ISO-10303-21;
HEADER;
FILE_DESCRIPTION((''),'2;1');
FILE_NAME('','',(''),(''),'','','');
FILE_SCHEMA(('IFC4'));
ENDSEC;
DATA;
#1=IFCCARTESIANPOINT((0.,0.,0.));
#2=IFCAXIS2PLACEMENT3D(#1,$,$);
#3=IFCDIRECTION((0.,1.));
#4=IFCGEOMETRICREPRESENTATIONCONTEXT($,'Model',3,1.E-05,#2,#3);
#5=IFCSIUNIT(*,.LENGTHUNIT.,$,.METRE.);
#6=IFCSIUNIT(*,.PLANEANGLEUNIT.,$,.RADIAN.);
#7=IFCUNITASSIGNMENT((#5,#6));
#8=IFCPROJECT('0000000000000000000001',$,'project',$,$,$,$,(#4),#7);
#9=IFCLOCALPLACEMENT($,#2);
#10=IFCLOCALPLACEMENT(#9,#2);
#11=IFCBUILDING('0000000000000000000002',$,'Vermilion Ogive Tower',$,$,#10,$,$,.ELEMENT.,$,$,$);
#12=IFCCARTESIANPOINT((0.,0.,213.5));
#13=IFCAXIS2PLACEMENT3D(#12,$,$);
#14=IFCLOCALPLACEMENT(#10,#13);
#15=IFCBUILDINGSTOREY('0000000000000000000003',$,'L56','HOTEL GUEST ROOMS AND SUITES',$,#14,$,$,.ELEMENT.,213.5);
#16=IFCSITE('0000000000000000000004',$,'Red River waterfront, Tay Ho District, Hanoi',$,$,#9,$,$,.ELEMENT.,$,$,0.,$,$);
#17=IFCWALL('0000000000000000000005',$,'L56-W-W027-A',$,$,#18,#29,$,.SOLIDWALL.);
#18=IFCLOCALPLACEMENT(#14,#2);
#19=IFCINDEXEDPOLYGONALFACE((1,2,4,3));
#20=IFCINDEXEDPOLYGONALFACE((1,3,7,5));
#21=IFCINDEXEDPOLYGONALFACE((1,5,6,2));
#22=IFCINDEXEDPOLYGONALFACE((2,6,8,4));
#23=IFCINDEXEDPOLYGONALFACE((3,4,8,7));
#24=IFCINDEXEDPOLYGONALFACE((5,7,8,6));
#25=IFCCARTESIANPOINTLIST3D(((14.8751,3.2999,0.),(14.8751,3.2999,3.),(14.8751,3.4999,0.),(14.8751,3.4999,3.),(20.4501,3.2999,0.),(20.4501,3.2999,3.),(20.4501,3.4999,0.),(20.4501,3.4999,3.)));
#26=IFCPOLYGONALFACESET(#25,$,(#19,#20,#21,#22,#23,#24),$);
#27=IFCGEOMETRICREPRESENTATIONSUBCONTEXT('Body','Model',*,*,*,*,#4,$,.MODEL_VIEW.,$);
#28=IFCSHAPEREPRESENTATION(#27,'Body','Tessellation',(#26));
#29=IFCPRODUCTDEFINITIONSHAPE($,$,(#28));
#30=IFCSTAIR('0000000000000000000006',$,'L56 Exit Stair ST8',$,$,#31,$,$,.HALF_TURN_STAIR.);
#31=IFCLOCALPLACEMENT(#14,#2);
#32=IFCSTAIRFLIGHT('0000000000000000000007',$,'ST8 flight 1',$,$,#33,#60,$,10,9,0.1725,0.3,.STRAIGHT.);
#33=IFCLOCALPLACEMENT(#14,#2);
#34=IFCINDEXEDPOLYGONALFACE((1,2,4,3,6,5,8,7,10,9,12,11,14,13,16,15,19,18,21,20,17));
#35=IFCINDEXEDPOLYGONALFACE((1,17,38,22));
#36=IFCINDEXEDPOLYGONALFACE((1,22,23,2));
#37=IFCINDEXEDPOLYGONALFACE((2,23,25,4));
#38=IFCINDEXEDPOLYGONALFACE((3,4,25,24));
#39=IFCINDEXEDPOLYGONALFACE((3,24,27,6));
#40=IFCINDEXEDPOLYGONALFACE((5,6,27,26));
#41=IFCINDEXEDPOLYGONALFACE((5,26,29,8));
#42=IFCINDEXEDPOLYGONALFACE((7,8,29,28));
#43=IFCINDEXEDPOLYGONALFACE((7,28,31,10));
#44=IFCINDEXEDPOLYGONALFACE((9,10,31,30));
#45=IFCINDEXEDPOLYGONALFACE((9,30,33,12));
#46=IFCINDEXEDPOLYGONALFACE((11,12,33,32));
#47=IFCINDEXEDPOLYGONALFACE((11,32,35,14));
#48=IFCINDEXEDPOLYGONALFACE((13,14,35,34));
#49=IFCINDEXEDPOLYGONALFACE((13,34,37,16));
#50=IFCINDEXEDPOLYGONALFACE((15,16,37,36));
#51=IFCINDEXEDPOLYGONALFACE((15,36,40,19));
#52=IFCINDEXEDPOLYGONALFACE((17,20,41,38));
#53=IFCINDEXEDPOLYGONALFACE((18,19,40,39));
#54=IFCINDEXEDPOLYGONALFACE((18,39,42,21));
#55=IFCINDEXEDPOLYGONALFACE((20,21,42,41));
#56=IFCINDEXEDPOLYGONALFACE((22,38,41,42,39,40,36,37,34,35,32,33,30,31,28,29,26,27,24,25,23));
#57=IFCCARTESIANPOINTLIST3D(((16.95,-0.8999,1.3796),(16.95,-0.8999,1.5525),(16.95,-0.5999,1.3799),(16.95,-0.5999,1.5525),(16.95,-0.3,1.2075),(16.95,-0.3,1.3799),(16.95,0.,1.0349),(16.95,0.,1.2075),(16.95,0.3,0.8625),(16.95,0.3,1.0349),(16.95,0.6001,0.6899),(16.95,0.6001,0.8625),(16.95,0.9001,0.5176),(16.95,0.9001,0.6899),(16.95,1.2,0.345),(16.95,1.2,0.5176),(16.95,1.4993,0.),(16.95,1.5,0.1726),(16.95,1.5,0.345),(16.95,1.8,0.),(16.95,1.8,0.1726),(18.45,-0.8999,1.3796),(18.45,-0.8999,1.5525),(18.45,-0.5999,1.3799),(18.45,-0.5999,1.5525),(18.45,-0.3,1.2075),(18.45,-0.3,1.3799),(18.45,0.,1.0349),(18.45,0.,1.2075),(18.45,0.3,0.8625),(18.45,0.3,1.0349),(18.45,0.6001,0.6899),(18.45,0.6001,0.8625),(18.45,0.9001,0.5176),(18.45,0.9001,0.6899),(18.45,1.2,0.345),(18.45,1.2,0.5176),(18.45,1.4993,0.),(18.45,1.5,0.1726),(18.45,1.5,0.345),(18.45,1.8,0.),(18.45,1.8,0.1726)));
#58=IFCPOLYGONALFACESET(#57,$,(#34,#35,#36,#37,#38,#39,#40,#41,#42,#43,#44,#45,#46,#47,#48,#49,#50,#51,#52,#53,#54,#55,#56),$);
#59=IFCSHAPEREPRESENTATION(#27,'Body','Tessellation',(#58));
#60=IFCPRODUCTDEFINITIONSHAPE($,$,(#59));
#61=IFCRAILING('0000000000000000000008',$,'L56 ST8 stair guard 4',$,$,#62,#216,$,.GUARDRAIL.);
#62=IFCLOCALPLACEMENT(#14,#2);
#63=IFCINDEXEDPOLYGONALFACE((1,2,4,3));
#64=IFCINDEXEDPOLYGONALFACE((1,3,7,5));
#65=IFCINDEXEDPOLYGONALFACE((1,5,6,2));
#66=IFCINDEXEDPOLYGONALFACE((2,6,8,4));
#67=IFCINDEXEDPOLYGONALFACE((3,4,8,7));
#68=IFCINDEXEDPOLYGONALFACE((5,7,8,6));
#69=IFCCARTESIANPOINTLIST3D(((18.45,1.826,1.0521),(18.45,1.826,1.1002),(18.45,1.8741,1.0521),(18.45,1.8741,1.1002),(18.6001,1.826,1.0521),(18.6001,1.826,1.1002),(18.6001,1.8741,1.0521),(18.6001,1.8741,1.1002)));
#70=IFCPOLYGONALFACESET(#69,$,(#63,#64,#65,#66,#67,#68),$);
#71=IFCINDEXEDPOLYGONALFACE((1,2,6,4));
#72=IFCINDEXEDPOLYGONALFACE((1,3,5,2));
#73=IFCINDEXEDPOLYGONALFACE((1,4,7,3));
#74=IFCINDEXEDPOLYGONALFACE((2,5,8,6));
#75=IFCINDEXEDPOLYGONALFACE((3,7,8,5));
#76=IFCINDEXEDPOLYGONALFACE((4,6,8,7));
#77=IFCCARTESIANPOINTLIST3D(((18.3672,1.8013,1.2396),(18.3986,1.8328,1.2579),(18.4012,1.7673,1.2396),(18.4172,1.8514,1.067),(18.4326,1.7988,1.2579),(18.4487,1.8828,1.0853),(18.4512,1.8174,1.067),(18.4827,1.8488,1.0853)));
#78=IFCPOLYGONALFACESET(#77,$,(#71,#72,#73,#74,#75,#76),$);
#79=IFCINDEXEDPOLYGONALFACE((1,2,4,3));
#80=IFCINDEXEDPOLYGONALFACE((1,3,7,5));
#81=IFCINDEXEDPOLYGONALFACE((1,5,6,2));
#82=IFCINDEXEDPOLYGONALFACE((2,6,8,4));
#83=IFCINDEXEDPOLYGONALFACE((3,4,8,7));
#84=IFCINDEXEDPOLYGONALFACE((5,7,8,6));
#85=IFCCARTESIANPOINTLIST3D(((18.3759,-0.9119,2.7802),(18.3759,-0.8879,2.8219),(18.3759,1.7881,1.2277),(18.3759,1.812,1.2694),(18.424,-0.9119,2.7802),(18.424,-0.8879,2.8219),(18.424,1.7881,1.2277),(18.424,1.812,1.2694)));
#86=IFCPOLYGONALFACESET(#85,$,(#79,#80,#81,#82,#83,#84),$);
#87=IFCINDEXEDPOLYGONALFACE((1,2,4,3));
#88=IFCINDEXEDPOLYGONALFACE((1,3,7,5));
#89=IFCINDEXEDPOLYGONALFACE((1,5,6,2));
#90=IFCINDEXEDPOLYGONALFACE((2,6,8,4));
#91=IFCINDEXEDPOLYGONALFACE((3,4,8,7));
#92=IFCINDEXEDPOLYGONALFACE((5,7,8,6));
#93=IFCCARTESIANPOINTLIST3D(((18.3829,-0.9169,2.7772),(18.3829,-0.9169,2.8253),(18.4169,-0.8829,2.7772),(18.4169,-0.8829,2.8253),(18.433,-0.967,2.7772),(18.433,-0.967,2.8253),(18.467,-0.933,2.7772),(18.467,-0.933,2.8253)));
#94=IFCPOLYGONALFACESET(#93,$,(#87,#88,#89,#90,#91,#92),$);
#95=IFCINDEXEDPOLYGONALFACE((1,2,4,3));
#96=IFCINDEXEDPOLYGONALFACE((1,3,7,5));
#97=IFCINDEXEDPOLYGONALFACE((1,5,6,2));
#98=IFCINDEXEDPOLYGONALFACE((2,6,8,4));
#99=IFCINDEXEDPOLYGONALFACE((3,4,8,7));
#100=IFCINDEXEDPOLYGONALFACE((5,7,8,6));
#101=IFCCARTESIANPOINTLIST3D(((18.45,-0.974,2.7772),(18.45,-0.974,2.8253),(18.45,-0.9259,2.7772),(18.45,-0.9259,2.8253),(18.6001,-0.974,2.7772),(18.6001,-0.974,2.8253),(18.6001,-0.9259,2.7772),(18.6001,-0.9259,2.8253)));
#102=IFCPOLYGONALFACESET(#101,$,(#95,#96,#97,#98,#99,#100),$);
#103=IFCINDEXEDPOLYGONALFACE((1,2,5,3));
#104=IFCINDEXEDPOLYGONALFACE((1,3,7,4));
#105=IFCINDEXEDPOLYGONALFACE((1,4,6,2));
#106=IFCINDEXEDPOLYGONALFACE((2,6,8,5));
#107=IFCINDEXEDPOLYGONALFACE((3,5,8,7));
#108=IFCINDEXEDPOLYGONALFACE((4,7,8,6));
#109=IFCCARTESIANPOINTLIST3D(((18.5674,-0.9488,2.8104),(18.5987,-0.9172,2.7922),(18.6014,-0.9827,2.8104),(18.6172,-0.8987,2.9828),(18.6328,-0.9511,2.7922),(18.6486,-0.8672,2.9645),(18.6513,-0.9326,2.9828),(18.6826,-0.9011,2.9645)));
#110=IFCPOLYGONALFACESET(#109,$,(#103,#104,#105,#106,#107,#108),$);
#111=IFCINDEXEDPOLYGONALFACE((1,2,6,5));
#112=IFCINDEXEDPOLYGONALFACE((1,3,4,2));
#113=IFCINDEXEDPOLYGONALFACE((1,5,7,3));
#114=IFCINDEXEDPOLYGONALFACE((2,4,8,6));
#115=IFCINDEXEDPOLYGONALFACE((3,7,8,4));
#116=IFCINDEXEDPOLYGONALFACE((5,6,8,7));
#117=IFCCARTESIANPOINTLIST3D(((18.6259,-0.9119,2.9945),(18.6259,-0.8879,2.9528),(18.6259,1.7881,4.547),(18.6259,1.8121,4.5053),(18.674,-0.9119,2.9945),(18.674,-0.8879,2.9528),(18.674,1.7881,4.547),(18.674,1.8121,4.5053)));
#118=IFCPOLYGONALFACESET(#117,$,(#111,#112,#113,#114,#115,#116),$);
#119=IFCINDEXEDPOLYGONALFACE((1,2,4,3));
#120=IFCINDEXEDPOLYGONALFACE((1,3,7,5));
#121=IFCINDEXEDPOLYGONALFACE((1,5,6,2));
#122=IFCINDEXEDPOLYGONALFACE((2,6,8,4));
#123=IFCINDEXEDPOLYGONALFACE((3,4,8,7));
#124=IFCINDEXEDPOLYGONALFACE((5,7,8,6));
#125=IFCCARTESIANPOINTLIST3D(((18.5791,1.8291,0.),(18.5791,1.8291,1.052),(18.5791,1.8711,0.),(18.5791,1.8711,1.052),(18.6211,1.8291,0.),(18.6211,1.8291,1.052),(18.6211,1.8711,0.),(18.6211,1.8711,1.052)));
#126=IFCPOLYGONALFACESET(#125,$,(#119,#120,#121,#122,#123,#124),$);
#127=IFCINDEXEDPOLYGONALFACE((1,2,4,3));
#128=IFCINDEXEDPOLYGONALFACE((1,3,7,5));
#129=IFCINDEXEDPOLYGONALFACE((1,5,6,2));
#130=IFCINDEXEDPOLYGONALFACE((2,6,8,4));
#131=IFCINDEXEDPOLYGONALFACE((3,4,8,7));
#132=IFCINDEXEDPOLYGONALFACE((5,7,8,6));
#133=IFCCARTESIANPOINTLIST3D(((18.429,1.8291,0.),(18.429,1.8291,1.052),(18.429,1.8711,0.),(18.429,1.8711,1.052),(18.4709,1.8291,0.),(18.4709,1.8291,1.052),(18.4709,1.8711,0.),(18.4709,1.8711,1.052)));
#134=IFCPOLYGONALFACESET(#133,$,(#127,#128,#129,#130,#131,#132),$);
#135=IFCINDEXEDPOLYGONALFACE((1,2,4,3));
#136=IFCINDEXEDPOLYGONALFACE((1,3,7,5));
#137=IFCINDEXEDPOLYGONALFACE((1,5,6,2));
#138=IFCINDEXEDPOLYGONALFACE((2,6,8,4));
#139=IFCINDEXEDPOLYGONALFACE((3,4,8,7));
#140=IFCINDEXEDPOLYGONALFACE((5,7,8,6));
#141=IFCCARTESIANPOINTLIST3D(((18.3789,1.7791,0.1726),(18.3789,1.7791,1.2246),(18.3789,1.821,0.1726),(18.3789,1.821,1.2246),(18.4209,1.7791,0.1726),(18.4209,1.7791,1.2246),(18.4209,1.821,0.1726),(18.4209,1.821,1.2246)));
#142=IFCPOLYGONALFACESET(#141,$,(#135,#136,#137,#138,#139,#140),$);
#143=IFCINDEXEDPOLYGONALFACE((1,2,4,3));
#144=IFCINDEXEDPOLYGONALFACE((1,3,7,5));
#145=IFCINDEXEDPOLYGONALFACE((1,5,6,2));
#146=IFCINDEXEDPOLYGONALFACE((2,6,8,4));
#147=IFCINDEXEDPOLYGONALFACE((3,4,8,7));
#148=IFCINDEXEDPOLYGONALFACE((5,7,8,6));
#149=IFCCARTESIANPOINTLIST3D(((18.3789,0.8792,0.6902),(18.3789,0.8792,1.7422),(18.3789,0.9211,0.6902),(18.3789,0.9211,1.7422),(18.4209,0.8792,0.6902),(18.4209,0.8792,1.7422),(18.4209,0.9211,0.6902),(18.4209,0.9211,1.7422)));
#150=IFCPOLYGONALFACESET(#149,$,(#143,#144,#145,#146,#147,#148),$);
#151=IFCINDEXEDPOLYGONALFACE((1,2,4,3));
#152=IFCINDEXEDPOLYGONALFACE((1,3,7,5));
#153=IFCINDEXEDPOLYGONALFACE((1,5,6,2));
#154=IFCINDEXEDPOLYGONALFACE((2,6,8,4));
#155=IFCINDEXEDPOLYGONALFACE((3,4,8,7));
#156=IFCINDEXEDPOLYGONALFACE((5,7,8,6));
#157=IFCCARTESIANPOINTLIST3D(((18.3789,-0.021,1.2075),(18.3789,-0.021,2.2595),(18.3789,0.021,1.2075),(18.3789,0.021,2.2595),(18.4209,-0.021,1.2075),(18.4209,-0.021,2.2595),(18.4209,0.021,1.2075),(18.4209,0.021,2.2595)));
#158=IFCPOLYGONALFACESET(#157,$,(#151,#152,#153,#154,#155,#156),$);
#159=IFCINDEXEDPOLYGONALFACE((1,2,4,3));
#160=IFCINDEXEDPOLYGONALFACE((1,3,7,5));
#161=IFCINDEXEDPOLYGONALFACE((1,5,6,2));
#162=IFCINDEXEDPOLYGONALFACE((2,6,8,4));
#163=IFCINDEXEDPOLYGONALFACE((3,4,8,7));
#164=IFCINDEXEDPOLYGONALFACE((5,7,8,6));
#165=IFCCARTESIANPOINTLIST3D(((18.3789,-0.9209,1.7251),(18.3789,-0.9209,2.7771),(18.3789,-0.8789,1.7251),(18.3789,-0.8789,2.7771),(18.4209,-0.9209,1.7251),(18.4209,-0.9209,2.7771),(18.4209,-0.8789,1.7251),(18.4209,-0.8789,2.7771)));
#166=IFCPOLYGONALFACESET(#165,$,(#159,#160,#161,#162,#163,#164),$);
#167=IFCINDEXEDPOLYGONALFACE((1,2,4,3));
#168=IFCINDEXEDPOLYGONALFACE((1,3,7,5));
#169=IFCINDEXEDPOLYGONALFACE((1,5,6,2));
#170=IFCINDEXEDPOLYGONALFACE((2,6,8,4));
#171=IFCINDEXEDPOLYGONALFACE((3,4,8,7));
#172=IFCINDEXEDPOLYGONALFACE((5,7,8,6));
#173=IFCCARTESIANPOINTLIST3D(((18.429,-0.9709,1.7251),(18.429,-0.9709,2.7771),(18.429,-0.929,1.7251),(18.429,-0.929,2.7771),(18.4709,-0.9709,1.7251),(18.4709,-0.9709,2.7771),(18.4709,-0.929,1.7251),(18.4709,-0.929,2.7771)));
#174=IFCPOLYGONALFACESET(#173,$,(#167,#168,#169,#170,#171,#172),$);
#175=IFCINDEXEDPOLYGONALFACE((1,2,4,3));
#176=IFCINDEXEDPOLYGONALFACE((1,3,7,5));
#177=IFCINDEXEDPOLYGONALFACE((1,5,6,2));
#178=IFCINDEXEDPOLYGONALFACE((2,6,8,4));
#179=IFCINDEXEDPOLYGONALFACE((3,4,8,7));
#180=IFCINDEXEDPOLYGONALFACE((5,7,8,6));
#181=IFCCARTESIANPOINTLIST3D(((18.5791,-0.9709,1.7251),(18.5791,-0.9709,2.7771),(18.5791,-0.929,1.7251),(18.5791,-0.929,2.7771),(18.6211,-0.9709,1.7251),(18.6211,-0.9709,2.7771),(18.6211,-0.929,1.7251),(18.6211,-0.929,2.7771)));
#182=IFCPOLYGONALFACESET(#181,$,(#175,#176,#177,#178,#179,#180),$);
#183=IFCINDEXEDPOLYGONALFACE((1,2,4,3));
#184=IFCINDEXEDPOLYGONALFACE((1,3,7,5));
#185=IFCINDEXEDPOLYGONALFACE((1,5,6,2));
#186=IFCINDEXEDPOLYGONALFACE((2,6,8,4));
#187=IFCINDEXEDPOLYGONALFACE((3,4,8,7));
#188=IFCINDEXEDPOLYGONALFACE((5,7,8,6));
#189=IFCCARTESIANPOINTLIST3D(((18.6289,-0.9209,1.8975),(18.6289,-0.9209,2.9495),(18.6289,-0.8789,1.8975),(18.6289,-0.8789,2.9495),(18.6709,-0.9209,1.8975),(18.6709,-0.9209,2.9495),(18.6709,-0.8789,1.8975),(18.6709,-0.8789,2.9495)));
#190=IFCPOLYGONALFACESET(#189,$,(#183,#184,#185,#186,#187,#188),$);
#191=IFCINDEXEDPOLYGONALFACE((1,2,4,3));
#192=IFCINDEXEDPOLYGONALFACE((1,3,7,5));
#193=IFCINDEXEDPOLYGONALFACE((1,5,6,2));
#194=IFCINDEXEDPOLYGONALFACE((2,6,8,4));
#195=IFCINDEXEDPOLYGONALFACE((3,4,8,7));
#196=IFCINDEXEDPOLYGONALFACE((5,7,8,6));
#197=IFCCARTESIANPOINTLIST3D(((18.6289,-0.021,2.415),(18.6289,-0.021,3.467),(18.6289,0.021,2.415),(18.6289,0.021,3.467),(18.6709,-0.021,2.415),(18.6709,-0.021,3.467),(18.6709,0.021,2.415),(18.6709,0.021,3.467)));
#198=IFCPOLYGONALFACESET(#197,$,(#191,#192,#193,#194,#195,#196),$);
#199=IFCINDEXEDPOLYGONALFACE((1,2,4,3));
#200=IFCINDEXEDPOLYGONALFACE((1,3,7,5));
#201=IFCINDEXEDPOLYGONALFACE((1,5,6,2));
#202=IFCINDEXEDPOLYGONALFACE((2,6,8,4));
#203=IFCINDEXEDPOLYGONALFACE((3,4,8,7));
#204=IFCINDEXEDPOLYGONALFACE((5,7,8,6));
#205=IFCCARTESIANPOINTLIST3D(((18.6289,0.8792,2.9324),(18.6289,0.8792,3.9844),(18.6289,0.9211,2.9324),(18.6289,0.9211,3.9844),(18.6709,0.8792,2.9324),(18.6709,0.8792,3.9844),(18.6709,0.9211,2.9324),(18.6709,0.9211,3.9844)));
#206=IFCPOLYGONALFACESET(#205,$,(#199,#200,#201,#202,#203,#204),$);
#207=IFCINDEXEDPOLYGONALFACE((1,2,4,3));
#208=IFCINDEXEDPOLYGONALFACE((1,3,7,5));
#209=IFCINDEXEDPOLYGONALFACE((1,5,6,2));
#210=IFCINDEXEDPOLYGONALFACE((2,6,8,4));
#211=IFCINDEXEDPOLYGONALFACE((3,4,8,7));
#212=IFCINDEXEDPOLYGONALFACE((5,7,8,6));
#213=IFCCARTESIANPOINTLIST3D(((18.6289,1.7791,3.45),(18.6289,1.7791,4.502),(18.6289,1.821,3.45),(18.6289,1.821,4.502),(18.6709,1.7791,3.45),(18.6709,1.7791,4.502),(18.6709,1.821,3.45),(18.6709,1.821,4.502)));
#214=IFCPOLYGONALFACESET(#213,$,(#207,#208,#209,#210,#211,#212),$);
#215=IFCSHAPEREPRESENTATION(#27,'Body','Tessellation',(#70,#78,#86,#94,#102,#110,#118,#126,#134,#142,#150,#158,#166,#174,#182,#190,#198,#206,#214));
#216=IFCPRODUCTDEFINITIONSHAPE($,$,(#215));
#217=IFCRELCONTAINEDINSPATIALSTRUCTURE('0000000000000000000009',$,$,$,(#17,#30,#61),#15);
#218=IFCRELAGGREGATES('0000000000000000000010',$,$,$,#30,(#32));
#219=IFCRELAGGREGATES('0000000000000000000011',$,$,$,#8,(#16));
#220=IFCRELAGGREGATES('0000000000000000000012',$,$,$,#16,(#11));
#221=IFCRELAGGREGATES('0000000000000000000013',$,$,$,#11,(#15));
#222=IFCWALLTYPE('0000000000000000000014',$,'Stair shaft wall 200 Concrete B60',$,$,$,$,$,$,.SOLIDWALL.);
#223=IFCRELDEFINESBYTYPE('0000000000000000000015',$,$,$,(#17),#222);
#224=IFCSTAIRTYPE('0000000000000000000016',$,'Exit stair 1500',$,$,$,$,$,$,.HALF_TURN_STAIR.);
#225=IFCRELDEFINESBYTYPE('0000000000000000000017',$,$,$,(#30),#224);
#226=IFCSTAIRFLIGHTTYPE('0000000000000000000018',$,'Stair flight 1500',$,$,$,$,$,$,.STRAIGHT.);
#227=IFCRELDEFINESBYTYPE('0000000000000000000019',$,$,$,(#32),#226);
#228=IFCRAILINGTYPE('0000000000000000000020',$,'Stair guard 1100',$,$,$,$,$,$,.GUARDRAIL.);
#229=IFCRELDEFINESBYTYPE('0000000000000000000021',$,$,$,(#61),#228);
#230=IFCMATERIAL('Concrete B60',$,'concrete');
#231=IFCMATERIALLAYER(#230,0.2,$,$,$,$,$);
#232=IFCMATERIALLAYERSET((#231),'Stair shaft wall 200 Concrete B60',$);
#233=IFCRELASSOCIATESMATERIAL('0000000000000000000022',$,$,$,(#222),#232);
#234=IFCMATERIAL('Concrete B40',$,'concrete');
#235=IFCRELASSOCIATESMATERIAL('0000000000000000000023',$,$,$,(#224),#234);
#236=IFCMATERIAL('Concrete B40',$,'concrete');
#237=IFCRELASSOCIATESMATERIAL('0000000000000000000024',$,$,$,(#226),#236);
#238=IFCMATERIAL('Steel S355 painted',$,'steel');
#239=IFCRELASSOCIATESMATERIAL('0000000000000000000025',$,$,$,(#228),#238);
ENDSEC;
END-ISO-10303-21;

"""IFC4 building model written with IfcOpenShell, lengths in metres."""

from ifc_helpers import new_model, si_unit, direction, frame, frame_2d, origin, origin_2d, place, context, subcontext, project, spatial, polyline, rectangle, outline, extrude, material, layer, layer_set, type_object, element, aggregate, save


model = new_model("IFC4")

# Units and contexts
model_context = context("Model", 3, precision=1e-05, world=origin(), true_north=direction((0.0, 1.0)))
body_context = subcontext(model_context, "Body", "Model", "MODEL_VIEW")
ifc_project = project(units=[si_unit("LENGTHUNIT", "METRE"), si_unit("PLANEANGLEUNIT", "RADIAN")], contexts=[model_context])

# Site, building, storey
site_placement = place(None, origin())
site = spatial("IfcSite", under=ifc_project, at=site_placement, Name="Red River waterfront, Tay Ho District, Hanoi", CompositionType="ELEMENT", RefElevation=0.0)
building_placement = place(site_placement, origin())
building = spatial("IfcBuilding", under=site, at=building_placement, Name="Vermilion Ogive Tower", CompositionType="ELEMENT")
storey_placement = place(building_placement, frame((0.0, 0.0, 213.5)))
storey = spatial("IfcBuildingStorey", under=building, at=storey_placement, Name="L56", Description="HOTEL GUEST ROOMS AND SUITES", CompositionType="ELEMENT", Elevation=213.5)

# Wall
ifc_material_1 = material(Name="Concrete B60", Category="concrete")
ifc_layer_1 = layer(ifc_material_1, 0.2)
ifc_layer_set_1 = layer_set([ifc_layer_1], Name="Stair shaft wall 200 Concrete B60")
wall_type_1 = type_object("IfcWallType", Name="Stair shaft wall 200 Concrete B60", PredefinedType="SOLIDWALL", material=ifc_layer_set_1)
wall_1_placement = place(storey_placement, frame((14.875, 3.3999, 0.0), z_axis=(0.0, 0.0, 1.0), x_axis=(1.0, 0.0, 0.0)))
element("IfcWall", 1, at=wall_1_placement, inside=storey, type_object=wall_type_1, Name="L56-W-W027-A", PredefinedType="SOLIDWALL", context=body_context, shape_type="SweptSolid", body=[
    extrude(rectangle(XDim=5.575, YDim=0.2, at=frame_2d((2.7876, 0.0))), origin(), (0.0, 0.0, 1.0), 3.0),
])

# Stair, stair flight
ifc_material_2 = material(Name="Concrete B40", Category="concrete")
stair_type = type_object("IfcStairType", Name="Exit stair 1500", PredefinedType="HALF_TURN_STAIR", material=ifc_material_2)
stair_placement = place(storey_placement, origin())
stair = element("IfcStair", 2, at=stair_placement, inside=storey, type_object=stair_type, Name="L56 Exit Stair ST8", PredefinedType="HALF_TURN_STAIR")
ifc_material_3 = material(Name="Concrete B40", Category="concrete")
stair_flight_type = type_object("IfcStairFlightType", Name="Stair flight 1500", PredefinedType="STRAIGHT", material=ifc_material_3)
stair_flight_placement = place(storey_placement, frame((17.7, 1.8, 0.0), z_axis=(0.0, 0.0, 1.0), x_axis=(0.0, -1.0, 0.0)))
stair_flight = element("IfcStairFlight", 3, at=stair_flight_placement, type_object=stair_flight_type, Name="ST8 flight 1", NumberOfRisers=10, NumberOfTreads=9, PredefinedType="STRAIGHT", RiserHeight=0.1725, TreadLength=0.3, context=body_context, shape_type="SweptSolid", body=[
    extrude(outline(polyline([(0.0, 0.0), (0.0, 0.1726), (0.3, 0.1726), (0.3, 0.345), (0.6001, 0.345), (0.6001, 0.5176), (0.8999, 0.5176), (0.8999, 0.6899), (1.2, 0.6899), (1.2, 0.8625), (1.5, 0.8625), (1.5, 1.0349), (1.8, 1.0349), (1.8, 1.2075), (2.1001, 1.2075), (2.1001, 1.3799), (2.3999, 1.3799), (2.3999, 1.5525), (2.7, 1.5525), (2.7, 1.7251), (2.7, 1.3796), (0.3008, 0.0), (0.0, 0.0)])), frame((0.0, 0.75, 0.0), z_axis=(0.0, -1.0, 0.0), x_axis=(1.0, 0.0, 0.0)), (0.0, 0.0, 1.0), 1.5),
])
aggregate(stair, [stair_flight])

# Railing
ifc_material_4 = material(Name="Steel S355 painted", Category="steel")
railing_type_1 = type_object("IfcRailingType", Name="Stair guard 1100", PredefinedType="GUARDRAIL", material=ifc_material_4)
railing_1_placement = place(storey_placement, frame((18.6001, 1.8501, 0.0)))
element("IfcRailing", 4, at=railing_1_placement, inside=storey, type_object=railing_type_1, Name="L56 ST8 stair guard 4", PredefinedType="GUARDRAIL", context=body_context, shape_type="SweptSolid", body=[
    extrude(rectangle(XDim=0.0481, YDim=0.0481, at=origin_2d()), frame((0.0, 0.0, 1.0762), z_axis=(-1.0, 0.0, 0.0), x_axis=(0.0, -1.0, 0.0)), (0.0, 0.0, 1.0), 0.1501),
    extrude(rectangle(XDim=0.0481, YDim=0.0481, at=origin_2d()), frame((-0.1501, 0.0, 1.0762), z_axis=(-0.268278, -0.268278, 0.925232), x_axis=(0.707107, -0.707107, 0.0)), (0.0, 0.0, 1.0), 0.1865),
    extrude(rectangle(XDim=0.0481, YDim=0.0481, at=origin_2d()), frame((-0.2002, -0.05, 1.2485), z_axis=(0.0, -0.866904, 0.498476), x_axis=(1.0, 0.0, 0.0)), (0.0, 0.0, 1.0), 3.1145),
    extrude(rectangle(XDim=0.0481, YDim=0.0481, at=origin_2d()), frame((-0.2002, -2.75, 2.8013), z_axis=(0.707107, -0.707107, 0.0), x_axis=(0.707107, 0.707107, 0.0)), (0.0, 0.0, 1.0), 0.0708),
    extrude(rectangle(XDim=0.0481, YDim=0.0481, at=origin_2d()), frame((-0.1501, -2.8, 2.8013), z_axis=(1.0, 0.0, 0.0), x_axis=(0.0, 1.0, 0.0)), (0.0, 0.0, 1.0), 0.1501),
    extrude(rectangle(XDim=0.0481, YDim=0.0481, at=origin_2d()), frame((0.0, -2.8, 2.8013), z_axis=(0.267387, 0.268698, 0.925368), x_axis=(-0.708834, 0.705376, 0.0)), (0.0, 0.0, 1.0), 0.1863),
    extrude(rectangle(XDim=0.0481, YDim=0.0481, at=origin_2d()), frame((0.0498, -2.75, 2.9736), z_axis=(0.0, 0.866904, 0.498476), x_axis=(-1.0, 0.0, 0.0)), (0.0, 0.0, 1.0), 3.1145),
    extrude(rectangle(XDim=0.042, YDim=0.042, at=origin_2d()), origin(), (0.0, 0.0, 1.0), 1.052),
    extrude(rectangle(XDim=0.042, YDim=0.042, at=origin_2d()), frame((-0.1501, 0.0, 0.0)), (0.0, 0.0, 1.0), 1.052),
    extrude(rectangle(XDim=0.042, YDim=0.042, at=origin_2d()), frame((-0.2002, -0.05, 0.1726)), (0.0, 0.0, 1.0), 1.052),
    extrude(rectangle(XDim=0.042, YDim=0.042, at=origin_2d()), frame((-0.2002, -0.95, 0.6902)), (0.0, 0.0, 1.0), 1.052),
    extrude(rectangle(XDim=0.042, YDim=0.042, at=origin_2d()), frame((-0.2002, -1.8501, 1.2075)), (0.0, 0.0, 1.0), 1.052),
    extrude(rectangle(XDim=0.042, YDim=0.042, at=origin_2d()), frame((-0.2002, -2.75, 1.7251)), (0.0, 0.0, 1.0), 1.052),
    extrude(rectangle(XDim=0.042, YDim=0.042, at=origin_2d()), frame((-0.1501, -2.8, 1.7251)), (0.0, 0.0, 1.0), 1.052),
    extrude(rectangle(XDim=0.042, YDim=0.042, at=origin_2d()), frame((0.0, -2.8, 1.7251)), (0.0, 0.0, 1.0), 1.052),
    extrude(rectangle(XDim=0.042, YDim=0.042, at=origin_2d()), frame((0.0498, -2.75, 1.8975)), (0.0, 0.0, 1.0), 1.052),
    extrude(rectangle(XDim=0.042, YDim=0.042, at=origin_2d()), frame((0.0498, -1.8501, 2.415)), (0.0, 0.0, 1.0), 1.052),
    extrude(rectangle(XDim=0.042, YDim=0.042, at=origin_2d()), frame((0.0498, -0.95, 2.9324)), (0.0, 0.0, 1.0), 1.052),
    extrude(rectangle(XDim=0.042, YDim=0.042, at=origin_2d()), frame((0.0498, -0.05, 3.45)), (0.0, 0.0, 1.0), 1.052),
])

save(model, "model.ifc")
